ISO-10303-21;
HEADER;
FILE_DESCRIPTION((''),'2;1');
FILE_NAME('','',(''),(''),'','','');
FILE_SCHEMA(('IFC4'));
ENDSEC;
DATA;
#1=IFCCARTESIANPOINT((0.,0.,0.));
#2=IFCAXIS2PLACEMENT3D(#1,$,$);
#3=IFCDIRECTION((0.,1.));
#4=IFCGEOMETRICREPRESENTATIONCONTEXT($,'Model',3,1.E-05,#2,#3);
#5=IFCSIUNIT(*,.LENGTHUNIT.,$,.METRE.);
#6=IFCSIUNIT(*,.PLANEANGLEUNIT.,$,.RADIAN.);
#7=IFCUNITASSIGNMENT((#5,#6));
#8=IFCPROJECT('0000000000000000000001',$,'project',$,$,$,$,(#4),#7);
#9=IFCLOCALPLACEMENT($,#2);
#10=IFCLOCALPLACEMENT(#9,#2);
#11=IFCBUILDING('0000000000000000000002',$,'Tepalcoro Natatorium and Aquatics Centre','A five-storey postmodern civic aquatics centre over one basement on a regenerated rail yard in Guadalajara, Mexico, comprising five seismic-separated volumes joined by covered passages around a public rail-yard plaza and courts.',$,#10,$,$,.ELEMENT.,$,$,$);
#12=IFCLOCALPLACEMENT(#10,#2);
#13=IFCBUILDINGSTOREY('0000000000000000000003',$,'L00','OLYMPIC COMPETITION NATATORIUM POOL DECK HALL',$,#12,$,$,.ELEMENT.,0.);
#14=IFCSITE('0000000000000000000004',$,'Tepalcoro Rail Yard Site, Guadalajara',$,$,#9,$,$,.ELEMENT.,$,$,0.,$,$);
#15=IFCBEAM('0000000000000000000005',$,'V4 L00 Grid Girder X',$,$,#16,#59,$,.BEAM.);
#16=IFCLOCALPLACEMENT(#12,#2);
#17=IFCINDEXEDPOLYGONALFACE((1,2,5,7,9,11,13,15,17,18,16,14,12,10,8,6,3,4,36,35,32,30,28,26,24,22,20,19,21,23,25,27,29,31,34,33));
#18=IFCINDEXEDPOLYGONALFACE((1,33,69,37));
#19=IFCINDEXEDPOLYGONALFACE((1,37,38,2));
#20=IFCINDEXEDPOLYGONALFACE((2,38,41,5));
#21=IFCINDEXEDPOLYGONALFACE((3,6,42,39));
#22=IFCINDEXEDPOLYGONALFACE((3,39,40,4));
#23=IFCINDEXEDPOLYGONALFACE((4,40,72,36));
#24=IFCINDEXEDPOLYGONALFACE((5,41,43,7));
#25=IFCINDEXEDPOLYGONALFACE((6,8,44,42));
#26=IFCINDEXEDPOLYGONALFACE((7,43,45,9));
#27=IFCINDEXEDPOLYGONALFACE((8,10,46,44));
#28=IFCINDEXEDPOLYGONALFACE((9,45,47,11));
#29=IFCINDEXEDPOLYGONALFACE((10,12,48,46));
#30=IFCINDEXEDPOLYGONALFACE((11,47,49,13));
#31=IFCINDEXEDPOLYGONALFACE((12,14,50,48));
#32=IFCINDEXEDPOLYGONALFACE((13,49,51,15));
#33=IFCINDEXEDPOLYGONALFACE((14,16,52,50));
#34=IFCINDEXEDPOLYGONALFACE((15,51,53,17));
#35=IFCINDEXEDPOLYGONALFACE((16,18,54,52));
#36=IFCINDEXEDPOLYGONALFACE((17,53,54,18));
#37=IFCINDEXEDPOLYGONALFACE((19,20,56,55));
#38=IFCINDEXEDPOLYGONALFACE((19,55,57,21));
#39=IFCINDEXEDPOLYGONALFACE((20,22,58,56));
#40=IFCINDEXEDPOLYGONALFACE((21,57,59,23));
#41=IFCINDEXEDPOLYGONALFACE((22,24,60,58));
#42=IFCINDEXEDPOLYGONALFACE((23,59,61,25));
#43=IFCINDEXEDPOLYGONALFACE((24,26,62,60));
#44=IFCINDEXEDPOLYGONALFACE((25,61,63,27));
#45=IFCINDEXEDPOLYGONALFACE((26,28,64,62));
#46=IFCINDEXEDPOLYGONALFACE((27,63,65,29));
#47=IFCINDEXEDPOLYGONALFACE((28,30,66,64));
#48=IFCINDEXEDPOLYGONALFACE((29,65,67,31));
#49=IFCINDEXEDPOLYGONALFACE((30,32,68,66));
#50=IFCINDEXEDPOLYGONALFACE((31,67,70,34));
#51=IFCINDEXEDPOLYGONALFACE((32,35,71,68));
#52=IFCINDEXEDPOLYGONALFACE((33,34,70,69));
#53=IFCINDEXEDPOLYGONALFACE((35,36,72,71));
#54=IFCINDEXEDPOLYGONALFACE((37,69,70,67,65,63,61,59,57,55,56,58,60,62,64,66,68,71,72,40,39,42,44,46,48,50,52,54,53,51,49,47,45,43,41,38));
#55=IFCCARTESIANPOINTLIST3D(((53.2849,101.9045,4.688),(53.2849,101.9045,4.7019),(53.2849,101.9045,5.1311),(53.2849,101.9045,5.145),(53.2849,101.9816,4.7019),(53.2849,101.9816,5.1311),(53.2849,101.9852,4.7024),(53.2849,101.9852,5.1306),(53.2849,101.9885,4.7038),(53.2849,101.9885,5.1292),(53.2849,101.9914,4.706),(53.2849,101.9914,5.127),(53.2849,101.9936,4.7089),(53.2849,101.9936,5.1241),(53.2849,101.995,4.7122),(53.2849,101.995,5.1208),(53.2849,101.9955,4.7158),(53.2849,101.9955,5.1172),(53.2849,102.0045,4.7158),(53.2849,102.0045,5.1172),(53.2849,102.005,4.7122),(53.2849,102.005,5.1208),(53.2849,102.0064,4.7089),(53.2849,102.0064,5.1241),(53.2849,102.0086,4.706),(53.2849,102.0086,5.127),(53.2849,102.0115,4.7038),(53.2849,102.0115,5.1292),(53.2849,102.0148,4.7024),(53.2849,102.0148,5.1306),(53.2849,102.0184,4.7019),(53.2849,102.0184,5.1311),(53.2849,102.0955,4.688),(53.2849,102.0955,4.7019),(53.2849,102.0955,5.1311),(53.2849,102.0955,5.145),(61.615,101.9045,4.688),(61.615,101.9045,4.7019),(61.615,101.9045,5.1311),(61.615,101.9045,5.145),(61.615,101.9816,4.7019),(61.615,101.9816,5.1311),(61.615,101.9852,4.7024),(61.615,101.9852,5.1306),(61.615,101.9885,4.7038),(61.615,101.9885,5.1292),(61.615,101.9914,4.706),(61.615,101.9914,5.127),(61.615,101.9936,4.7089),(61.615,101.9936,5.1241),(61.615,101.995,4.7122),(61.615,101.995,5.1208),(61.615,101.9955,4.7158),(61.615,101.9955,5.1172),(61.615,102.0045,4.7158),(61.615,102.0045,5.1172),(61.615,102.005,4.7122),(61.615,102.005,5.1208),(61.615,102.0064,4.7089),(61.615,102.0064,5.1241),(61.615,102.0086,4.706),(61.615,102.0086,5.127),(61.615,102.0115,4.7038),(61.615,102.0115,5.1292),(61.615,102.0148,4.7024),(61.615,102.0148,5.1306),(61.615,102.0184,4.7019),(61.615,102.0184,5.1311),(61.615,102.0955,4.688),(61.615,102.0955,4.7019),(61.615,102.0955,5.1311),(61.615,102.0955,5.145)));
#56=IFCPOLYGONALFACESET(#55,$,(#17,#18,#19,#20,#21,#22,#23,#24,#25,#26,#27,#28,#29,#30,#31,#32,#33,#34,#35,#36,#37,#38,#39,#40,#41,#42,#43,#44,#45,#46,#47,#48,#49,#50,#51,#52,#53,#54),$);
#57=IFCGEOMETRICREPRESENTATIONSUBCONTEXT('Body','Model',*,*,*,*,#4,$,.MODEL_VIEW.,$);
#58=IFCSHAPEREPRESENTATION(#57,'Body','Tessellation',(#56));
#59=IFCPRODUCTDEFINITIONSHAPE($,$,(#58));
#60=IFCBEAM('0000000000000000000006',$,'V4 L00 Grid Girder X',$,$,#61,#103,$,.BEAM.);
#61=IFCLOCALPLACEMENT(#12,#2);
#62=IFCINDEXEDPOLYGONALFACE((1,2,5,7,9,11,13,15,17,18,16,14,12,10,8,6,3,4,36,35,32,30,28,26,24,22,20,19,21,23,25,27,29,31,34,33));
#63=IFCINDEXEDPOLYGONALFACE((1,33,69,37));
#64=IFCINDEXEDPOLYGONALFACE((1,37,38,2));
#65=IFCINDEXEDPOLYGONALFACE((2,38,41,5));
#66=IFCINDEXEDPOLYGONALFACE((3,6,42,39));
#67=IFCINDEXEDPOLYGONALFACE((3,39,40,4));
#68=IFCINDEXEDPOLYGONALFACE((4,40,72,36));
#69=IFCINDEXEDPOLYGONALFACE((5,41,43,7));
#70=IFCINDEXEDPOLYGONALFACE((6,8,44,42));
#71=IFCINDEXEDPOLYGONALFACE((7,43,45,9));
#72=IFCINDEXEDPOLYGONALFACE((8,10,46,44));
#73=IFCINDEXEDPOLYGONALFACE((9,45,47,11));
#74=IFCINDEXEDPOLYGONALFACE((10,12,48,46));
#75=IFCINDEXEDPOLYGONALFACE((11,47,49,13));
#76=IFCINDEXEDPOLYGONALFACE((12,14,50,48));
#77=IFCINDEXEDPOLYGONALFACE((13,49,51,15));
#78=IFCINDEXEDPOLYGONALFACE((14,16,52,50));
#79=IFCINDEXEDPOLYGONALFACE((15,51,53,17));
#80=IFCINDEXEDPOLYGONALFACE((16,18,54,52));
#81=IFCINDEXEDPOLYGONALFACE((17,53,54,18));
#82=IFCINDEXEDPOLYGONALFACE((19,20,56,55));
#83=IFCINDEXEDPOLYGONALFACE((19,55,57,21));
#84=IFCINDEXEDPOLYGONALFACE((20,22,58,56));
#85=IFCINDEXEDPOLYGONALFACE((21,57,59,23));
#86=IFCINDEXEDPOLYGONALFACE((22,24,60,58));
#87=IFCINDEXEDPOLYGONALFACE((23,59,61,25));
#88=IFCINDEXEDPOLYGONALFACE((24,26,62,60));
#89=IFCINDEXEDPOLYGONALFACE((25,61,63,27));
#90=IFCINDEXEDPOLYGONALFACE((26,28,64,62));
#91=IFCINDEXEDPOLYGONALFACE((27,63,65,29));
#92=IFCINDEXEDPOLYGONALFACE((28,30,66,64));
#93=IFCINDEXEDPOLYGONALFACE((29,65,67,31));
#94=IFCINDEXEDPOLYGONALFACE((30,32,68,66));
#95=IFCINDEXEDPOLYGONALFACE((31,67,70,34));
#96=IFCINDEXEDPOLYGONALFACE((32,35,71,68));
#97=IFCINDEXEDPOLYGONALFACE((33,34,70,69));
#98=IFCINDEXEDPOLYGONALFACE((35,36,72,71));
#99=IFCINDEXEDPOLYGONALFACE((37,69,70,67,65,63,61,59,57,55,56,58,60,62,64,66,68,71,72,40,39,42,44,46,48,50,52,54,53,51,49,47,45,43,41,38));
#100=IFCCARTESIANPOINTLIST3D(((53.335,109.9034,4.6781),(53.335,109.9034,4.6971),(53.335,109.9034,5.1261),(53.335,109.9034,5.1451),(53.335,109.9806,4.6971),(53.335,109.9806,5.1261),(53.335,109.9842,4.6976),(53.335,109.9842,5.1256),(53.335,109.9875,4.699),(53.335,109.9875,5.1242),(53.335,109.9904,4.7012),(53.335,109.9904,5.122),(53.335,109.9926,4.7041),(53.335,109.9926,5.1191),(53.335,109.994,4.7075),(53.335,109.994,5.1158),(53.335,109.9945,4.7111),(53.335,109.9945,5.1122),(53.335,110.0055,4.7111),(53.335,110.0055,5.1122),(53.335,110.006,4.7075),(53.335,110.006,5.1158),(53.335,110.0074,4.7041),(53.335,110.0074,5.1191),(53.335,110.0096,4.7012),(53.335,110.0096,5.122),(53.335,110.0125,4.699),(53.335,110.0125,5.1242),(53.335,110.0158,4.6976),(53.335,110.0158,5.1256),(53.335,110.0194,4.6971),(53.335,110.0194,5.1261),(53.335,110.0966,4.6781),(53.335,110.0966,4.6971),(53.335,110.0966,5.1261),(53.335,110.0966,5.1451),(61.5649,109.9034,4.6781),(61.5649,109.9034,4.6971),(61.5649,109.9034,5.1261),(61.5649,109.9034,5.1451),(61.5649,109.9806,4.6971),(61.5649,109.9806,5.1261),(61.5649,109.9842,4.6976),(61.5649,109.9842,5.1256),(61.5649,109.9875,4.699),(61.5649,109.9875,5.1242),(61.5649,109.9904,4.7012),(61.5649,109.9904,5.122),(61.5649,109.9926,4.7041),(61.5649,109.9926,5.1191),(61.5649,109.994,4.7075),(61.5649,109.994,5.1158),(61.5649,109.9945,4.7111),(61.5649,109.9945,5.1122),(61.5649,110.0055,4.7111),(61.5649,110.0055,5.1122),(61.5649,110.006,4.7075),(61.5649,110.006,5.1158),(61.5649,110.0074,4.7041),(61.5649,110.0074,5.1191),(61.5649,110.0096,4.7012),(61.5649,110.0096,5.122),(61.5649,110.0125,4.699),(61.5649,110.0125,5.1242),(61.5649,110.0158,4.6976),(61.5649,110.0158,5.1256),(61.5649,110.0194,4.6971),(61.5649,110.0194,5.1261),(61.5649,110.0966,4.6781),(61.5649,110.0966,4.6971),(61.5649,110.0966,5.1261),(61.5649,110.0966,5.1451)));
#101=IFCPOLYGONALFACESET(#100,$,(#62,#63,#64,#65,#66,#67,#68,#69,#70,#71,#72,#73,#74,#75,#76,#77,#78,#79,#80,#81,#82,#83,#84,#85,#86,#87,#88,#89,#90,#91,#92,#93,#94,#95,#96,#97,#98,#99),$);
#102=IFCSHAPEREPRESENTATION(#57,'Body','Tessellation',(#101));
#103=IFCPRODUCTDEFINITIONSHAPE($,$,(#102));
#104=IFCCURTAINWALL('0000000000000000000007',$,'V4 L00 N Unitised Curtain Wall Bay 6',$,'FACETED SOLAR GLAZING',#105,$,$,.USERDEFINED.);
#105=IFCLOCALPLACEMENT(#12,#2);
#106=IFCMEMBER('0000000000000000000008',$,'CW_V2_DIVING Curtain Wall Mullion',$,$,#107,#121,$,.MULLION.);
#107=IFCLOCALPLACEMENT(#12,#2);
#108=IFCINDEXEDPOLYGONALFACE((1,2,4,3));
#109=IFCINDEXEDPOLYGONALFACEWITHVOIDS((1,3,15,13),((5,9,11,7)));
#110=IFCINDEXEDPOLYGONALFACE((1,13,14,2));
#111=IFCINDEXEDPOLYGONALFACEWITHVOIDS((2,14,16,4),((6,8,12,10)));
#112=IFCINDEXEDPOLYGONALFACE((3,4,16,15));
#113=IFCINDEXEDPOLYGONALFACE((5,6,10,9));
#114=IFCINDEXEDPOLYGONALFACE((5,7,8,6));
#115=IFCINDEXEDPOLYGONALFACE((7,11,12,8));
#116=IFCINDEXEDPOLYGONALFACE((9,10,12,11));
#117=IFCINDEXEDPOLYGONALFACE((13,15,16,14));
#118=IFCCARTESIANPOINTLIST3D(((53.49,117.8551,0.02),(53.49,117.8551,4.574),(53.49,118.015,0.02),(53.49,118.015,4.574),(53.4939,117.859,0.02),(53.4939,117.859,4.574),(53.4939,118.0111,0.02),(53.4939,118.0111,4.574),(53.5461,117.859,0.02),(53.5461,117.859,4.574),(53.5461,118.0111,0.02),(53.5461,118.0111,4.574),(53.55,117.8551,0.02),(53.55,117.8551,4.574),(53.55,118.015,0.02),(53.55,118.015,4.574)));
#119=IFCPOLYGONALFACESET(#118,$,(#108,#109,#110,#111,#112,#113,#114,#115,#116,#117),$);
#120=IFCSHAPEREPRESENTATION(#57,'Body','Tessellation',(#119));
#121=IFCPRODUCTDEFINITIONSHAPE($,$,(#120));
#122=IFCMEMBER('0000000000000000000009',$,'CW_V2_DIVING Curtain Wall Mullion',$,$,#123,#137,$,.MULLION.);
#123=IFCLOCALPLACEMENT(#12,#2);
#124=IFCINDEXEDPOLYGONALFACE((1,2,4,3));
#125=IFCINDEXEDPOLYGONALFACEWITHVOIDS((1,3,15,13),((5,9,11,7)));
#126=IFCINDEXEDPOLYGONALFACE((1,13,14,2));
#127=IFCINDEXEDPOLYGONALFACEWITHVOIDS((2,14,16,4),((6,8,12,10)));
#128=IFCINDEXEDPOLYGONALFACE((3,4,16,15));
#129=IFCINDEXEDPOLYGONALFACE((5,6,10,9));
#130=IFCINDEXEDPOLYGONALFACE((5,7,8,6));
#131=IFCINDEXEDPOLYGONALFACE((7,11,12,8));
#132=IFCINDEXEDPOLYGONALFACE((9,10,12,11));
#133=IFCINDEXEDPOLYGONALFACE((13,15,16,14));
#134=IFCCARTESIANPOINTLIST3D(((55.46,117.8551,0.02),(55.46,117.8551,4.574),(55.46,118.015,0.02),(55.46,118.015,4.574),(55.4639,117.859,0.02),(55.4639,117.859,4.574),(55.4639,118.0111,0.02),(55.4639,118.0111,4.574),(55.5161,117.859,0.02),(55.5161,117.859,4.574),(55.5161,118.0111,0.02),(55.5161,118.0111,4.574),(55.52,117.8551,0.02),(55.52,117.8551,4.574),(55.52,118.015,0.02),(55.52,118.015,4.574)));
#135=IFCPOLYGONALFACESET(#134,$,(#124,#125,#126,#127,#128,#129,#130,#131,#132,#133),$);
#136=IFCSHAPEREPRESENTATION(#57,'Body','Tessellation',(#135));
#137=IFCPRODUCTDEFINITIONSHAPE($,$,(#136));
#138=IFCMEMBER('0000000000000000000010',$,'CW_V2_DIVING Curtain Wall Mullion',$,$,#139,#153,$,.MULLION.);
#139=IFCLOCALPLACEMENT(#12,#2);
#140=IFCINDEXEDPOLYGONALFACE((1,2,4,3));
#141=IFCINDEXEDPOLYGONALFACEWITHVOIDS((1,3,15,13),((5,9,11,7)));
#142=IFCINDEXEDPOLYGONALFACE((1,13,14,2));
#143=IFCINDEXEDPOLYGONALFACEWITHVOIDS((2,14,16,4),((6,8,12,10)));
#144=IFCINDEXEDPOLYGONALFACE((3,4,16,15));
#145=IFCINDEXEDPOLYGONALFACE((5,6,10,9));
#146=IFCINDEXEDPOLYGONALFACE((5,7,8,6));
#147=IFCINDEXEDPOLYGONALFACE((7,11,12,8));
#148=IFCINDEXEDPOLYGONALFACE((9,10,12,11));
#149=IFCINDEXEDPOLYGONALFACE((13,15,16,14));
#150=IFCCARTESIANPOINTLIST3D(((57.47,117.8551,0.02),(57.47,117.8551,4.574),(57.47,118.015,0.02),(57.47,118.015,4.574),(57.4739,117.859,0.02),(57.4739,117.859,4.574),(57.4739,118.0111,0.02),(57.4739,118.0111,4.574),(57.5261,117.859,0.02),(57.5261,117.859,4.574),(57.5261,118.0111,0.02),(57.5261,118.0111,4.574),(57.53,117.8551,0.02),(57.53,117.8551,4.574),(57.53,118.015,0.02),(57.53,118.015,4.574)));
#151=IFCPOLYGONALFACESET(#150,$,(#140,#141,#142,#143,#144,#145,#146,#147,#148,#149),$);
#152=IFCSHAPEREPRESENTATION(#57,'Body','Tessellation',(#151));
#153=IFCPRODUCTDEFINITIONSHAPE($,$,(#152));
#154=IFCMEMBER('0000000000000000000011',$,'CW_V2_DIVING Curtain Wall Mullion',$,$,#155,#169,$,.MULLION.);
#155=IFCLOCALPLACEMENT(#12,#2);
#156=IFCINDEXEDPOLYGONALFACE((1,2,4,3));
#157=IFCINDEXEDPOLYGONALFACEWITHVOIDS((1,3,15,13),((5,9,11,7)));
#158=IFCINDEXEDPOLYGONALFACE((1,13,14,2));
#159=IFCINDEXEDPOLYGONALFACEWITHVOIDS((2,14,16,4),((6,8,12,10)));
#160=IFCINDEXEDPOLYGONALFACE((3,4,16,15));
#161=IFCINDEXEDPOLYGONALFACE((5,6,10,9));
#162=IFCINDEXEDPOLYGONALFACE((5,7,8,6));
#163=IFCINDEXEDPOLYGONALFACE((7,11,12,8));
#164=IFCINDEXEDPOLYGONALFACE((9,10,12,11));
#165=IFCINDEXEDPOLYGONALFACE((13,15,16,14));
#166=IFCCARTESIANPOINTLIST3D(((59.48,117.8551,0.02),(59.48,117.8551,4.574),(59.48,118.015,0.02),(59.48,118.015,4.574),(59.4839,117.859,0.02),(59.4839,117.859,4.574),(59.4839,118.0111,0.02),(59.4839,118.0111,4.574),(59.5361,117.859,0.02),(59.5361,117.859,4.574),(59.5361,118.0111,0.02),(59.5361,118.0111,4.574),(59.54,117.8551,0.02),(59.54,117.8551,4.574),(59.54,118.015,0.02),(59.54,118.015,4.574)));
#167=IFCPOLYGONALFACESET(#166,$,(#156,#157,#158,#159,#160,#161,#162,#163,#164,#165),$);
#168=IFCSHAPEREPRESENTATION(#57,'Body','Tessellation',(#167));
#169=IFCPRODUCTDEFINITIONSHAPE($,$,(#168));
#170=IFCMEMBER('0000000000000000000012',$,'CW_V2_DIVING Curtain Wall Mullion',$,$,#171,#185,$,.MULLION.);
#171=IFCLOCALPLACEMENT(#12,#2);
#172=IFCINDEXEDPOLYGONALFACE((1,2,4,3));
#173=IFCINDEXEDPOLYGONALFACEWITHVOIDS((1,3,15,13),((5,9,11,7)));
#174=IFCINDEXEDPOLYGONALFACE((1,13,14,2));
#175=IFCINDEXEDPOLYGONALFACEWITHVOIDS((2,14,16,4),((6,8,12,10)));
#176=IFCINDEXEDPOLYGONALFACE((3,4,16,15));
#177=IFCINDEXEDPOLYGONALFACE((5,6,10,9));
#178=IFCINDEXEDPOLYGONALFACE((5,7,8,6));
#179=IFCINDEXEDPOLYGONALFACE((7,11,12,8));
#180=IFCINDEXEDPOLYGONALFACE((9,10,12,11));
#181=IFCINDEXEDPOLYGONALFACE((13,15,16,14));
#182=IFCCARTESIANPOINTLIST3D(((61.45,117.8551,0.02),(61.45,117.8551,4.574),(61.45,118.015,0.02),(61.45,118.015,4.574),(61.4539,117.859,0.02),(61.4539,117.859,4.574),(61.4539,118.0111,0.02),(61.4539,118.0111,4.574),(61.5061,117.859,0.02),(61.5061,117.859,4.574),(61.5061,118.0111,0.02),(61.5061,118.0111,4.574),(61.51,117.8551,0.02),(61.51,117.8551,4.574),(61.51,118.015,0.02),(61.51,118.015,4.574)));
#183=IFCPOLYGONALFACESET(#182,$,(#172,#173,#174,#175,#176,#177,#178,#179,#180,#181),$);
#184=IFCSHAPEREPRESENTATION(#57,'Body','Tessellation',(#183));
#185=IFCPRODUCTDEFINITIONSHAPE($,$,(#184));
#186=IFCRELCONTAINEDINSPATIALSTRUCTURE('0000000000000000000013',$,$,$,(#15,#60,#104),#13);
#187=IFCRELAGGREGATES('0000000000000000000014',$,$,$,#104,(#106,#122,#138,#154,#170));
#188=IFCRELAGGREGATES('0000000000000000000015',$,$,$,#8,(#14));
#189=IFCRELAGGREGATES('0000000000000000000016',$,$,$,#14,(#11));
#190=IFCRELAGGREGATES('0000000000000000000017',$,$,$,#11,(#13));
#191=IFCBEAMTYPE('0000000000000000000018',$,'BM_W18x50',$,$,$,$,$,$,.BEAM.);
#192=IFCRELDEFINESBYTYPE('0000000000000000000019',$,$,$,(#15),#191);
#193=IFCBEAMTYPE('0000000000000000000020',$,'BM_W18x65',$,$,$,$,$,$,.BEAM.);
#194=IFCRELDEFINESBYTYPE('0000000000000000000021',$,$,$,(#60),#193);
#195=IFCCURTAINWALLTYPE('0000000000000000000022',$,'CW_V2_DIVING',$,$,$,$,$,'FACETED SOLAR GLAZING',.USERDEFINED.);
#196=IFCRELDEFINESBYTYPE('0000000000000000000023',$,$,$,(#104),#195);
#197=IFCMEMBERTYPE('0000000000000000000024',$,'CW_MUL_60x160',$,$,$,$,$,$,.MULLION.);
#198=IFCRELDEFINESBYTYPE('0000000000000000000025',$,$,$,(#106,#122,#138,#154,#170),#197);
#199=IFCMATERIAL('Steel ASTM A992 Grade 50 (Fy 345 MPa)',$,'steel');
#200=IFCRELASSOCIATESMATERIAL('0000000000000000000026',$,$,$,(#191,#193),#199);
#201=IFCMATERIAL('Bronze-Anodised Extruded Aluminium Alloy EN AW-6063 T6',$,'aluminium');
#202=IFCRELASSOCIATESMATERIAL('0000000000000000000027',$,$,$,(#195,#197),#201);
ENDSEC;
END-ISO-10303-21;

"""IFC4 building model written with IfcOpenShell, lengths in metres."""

from ifc_helpers import new_model, si_unit, direction, frame, origin, origin_2d, place, context, subcontext, project, spatial, hollow_rectangle, i_section, extrude, material, material_profile, profile_set, type_object, element, aggregate, save


model = new_model("IFC4")

# Units and contexts
model_context = context("Model", 3, precision=1e-05, world=origin(), true_north=direction((0.0, 1.0)))
body_context = subcontext(model_context, "Body", "Model", "MODEL_VIEW")
ifc_project = project(units=[si_unit("LENGTHUNIT", "METRE"), si_unit("PLANEANGLEUNIT", "RADIAN")], contexts=[model_context])

# Site, building, storey
site_placement = place(None, origin())
site = spatial("IfcSite", under=ifc_project, at=site_placement, Name="Tepalcoro Rail Yard Site, Guadalajara", CompositionType="ELEMENT", RefElevation=0.0)
building_placement = place(site_placement, origin())
building = spatial("IfcBuilding", under=site, at=building_placement, Name="Tepalcoro Natatorium and Aquatics Centre", Description="A five-storey postmodern civic aquatics centre over one basement on a regenerated rail yard in Guadalajara, Mexico, comprising five seismic-separated volumes joined by covered passages around a public rail-yard plaza and courts.", CompositionType="ELEMENT")
storey_placement = place(building_placement, origin())
storey = spatial("IfcBuildingStorey", under=building, at=storey_placement, Name="L00", Description="OLYMPIC COMPETITION NATATORIUM POOL DECK HALL", CompositionType="ELEMENT", Elevation=0.0)

# Beams
ifc_material_1 = material(Name="Steel ASTM A992 Grade 50 (Fy 345 MPa)", Category="steel")
ifc_material_profile_1 = material_profile(ifc_material_1, i_section(OverallWidth=0.1909, OverallDepth=0.457, WebThickness=0.009, FlangeThickness=0.0139, FilletRadius=0.0139, at=origin_2d()), Name="W18X50")
ifc_profile_set_1 = profile_set([ifc_material_profile_1], Name="Steel ASTM A992 Grade 50 (Fy 345 MPa)")
beam_type_1 = type_object("IfcBeamType", Name="BM_W18x50", PredefinedType="BEAM", material=ifc_profile_set_1)
beam_1_placement = place(storey_placement, frame((53.2849, 102.0, 4.9165), z_axis=(1.0, 0.0, 0.0), x_axis=(0.0, 1.0, 0.0)))
element("IfcBeam", 1, at=beam_1_placement, inside=storey, type_object=beam_type_1, Name="V4 L00 Grid Girder X", PredefinedType="BEAM", context=body_context, shape_type="SweptSolid", body=[
    extrude(i_section(OverallWidth=0.1909, OverallDepth=0.457, WebThickness=0.009, FlangeThickness=0.0139, FilletRadius=0.0139, at=origin_2d()), origin(), (0.0, 0.0, 1.0), 8.3301),
])
ifc_material_profile_2 = material_profile(ifc_material_1, i_section(OverallWidth=0.1931, OverallDepth=0.467, WebThickness=0.011, FlangeThickness=0.019, FilletRadius=0.0139, at=origin_2d()), Name="W18X65")
ifc_profile_set_2 = profile_set([ifc_material_profile_2], Name="Steel ASTM A992 Grade 50 (Fy 345 MPa)")
beam_type_2 = type_object("IfcBeamType", Name="BM_W18x65", PredefinedType="BEAM", material=ifc_profile_set_2)
beam_2_placement = place(storey_placement, frame((53.335, 110.0, 4.9116), z_axis=(1.0, 0.0, 0.0), x_axis=(0.0, 1.0, 0.0)))
element("IfcBeam", 2, at=beam_2_placement, inside=storey, type_object=beam_type_2, Name="V4 L00 Grid Girder X", PredefinedType="BEAM", context=body_context, shape_type="SweptSolid", body=[
    extrude(i_section(OverallWidth=0.1931, OverallDepth=0.467, WebThickness=0.011, FlangeThickness=0.019, FilletRadius=0.0139, at=origin_2d()), origin(), (0.0, 0.0, 1.0), 8.23),
])

# Curtain wall, members
ifc_material_2 = material(Name="Bronze-Anodised Extruded Aluminium Alloy EN AW-6063 T6", Category="aluminium")
curtain_wall_type = type_object("IfcCurtainWallType", Name="CW_V2_DIVING", ElementType="FACETED SOLAR GLAZING", PredefinedType="USERDEFINED", material=ifc_material_2)
curtain_wall_placement = place(storey_placement, origin())
curtain_wall = element("IfcCurtainWall", 3, at=curtain_wall_placement, inside=storey, type_object=curtain_wall_type, Name="V4 L00 N Unitised Curtain Wall Bay 6", ObjectType="FACETED SOLAR GLAZING", PredefinedType="USERDEFINED")
ifc_material_profile_3 = material_profile(ifc_material_2, hollow_rectangle(XDim=0.0601, YDim=0.1599, WallThickness=0.0039, at=origin_2d()), Name="AL60X160X4")
ifc_profile_set_3 = profile_set([ifc_material_profile_3], Name="Bronze-Anodised Extruded Aluminium Alloy EN AW-6063 T6")
member_type_1 = type_object("IfcMemberType", Name="CW_MUL_60x160", PredefinedType="MULLION", material=ifc_profile_set_3)
member_1_placement = place(storey_placement, frame((53.52, 117.9351, 0.02), z_axis=(0.0, 0.0, 1.0), x_axis=(1.0, 0.0, 0.0)))
member_1 = element("IfcMember", 4, at=member_1_placement, type_object=member_type_1, Name="CW_V2_DIVING Curtain Wall Mullion", PredefinedType="MULLION", context=body_context, shape_type="SweptSolid", body=[
    extrude(hollow_rectangle(XDim=0.0601, YDim=0.1599, WallThickness=0.0039, at=origin_2d()), origin(), (0.0, 0.0, 1.0), 4.554),
])
member_2_placement = place(storey_placement, frame((55.49, 117.9351, 0.02), z_axis=(0.0, 0.0, 1.0), x_axis=(1.0, 0.0, 0.0)))
member_2 = element("IfcMember", 5, at=member_2_placement, type_object=member_type_1, Name="CW_V2_DIVING Curtain Wall Mullion", PredefinedType="MULLION", context=body_context, shape_type="SweptSolid", body=[
    extrude(hollow_rectangle(XDim=0.0601, YDim=0.1599, WallThickness=0.0039, at=origin_2d()), origin(), (0.0, 0.0, 1.0), 4.554),
])
member_3_placement = place(storey_placement, frame((57.5, 117.9351, 0.02), z_axis=(0.0, 0.0, 1.0), x_axis=(1.0, 0.0, 0.0)))
member_3 = element("IfcMember", 6, at=member_3_placement, type_object=member_type_1, Name="CW_V2_DIVING Curtain Wall Mullion", PredefinedType="MULLION", context=body_context, shape_type="SweptSolid", body=[
    extrude(hollow_rectangle(XDim=0.0601, YDim=0.1599, WallThickness=0.0039, at=origin_2d()), origin(), (0.0, 0.0, 1.0), 4.554),
])
member_4_placement = place(storey_placement, frame((59.51, 117.9351, 0.02), z_axis=(0.0, 0.0, 1.0), x_axis=(1.0, 0.0, 0.0)))
member_4 = element("IfcMember", 7, at=member_4_placement, type_object=member_type_1, Name="CW_V2_DIVING Curtain Wall Mullion", PredefinedType="MULLION", context=body_context, shape_type="SweptSolid", body=[
    extrude(hollow_rectangle(XDim=0.0601, YDim=0.1599, WallThickness=0.0039, at=origin_2d()), origin(), (0.0, 0.0, 1.0), 4.554),
])
member_5_placement = place(storey_placement, frame((61.48, 117.9351, 0.02), z_axis=(0.0, 0.0, 1.0), x_axis=(1.0, 0.0, 0.0)))
member_5 = element("IfcMember", 8, at=member_5_placement, type_object=member_type_1, Name="CW_V2_DIVING Curtain Wall Mullion", PredefinedType="MULLION", context=body_context, shape_type="SweptSolid", body=[
    extrude(hollow_rectangle(XDim=0.0601, YDim=0.1599, WallThickness=0.0039, at=origin_2d()), origin(), (0.0, 0.0, 1.0), 4.554),
])

aggregate(curtain_wall, [member_1, member_2, member_3, member_4, member_5])

save(model, "model.ifc")
